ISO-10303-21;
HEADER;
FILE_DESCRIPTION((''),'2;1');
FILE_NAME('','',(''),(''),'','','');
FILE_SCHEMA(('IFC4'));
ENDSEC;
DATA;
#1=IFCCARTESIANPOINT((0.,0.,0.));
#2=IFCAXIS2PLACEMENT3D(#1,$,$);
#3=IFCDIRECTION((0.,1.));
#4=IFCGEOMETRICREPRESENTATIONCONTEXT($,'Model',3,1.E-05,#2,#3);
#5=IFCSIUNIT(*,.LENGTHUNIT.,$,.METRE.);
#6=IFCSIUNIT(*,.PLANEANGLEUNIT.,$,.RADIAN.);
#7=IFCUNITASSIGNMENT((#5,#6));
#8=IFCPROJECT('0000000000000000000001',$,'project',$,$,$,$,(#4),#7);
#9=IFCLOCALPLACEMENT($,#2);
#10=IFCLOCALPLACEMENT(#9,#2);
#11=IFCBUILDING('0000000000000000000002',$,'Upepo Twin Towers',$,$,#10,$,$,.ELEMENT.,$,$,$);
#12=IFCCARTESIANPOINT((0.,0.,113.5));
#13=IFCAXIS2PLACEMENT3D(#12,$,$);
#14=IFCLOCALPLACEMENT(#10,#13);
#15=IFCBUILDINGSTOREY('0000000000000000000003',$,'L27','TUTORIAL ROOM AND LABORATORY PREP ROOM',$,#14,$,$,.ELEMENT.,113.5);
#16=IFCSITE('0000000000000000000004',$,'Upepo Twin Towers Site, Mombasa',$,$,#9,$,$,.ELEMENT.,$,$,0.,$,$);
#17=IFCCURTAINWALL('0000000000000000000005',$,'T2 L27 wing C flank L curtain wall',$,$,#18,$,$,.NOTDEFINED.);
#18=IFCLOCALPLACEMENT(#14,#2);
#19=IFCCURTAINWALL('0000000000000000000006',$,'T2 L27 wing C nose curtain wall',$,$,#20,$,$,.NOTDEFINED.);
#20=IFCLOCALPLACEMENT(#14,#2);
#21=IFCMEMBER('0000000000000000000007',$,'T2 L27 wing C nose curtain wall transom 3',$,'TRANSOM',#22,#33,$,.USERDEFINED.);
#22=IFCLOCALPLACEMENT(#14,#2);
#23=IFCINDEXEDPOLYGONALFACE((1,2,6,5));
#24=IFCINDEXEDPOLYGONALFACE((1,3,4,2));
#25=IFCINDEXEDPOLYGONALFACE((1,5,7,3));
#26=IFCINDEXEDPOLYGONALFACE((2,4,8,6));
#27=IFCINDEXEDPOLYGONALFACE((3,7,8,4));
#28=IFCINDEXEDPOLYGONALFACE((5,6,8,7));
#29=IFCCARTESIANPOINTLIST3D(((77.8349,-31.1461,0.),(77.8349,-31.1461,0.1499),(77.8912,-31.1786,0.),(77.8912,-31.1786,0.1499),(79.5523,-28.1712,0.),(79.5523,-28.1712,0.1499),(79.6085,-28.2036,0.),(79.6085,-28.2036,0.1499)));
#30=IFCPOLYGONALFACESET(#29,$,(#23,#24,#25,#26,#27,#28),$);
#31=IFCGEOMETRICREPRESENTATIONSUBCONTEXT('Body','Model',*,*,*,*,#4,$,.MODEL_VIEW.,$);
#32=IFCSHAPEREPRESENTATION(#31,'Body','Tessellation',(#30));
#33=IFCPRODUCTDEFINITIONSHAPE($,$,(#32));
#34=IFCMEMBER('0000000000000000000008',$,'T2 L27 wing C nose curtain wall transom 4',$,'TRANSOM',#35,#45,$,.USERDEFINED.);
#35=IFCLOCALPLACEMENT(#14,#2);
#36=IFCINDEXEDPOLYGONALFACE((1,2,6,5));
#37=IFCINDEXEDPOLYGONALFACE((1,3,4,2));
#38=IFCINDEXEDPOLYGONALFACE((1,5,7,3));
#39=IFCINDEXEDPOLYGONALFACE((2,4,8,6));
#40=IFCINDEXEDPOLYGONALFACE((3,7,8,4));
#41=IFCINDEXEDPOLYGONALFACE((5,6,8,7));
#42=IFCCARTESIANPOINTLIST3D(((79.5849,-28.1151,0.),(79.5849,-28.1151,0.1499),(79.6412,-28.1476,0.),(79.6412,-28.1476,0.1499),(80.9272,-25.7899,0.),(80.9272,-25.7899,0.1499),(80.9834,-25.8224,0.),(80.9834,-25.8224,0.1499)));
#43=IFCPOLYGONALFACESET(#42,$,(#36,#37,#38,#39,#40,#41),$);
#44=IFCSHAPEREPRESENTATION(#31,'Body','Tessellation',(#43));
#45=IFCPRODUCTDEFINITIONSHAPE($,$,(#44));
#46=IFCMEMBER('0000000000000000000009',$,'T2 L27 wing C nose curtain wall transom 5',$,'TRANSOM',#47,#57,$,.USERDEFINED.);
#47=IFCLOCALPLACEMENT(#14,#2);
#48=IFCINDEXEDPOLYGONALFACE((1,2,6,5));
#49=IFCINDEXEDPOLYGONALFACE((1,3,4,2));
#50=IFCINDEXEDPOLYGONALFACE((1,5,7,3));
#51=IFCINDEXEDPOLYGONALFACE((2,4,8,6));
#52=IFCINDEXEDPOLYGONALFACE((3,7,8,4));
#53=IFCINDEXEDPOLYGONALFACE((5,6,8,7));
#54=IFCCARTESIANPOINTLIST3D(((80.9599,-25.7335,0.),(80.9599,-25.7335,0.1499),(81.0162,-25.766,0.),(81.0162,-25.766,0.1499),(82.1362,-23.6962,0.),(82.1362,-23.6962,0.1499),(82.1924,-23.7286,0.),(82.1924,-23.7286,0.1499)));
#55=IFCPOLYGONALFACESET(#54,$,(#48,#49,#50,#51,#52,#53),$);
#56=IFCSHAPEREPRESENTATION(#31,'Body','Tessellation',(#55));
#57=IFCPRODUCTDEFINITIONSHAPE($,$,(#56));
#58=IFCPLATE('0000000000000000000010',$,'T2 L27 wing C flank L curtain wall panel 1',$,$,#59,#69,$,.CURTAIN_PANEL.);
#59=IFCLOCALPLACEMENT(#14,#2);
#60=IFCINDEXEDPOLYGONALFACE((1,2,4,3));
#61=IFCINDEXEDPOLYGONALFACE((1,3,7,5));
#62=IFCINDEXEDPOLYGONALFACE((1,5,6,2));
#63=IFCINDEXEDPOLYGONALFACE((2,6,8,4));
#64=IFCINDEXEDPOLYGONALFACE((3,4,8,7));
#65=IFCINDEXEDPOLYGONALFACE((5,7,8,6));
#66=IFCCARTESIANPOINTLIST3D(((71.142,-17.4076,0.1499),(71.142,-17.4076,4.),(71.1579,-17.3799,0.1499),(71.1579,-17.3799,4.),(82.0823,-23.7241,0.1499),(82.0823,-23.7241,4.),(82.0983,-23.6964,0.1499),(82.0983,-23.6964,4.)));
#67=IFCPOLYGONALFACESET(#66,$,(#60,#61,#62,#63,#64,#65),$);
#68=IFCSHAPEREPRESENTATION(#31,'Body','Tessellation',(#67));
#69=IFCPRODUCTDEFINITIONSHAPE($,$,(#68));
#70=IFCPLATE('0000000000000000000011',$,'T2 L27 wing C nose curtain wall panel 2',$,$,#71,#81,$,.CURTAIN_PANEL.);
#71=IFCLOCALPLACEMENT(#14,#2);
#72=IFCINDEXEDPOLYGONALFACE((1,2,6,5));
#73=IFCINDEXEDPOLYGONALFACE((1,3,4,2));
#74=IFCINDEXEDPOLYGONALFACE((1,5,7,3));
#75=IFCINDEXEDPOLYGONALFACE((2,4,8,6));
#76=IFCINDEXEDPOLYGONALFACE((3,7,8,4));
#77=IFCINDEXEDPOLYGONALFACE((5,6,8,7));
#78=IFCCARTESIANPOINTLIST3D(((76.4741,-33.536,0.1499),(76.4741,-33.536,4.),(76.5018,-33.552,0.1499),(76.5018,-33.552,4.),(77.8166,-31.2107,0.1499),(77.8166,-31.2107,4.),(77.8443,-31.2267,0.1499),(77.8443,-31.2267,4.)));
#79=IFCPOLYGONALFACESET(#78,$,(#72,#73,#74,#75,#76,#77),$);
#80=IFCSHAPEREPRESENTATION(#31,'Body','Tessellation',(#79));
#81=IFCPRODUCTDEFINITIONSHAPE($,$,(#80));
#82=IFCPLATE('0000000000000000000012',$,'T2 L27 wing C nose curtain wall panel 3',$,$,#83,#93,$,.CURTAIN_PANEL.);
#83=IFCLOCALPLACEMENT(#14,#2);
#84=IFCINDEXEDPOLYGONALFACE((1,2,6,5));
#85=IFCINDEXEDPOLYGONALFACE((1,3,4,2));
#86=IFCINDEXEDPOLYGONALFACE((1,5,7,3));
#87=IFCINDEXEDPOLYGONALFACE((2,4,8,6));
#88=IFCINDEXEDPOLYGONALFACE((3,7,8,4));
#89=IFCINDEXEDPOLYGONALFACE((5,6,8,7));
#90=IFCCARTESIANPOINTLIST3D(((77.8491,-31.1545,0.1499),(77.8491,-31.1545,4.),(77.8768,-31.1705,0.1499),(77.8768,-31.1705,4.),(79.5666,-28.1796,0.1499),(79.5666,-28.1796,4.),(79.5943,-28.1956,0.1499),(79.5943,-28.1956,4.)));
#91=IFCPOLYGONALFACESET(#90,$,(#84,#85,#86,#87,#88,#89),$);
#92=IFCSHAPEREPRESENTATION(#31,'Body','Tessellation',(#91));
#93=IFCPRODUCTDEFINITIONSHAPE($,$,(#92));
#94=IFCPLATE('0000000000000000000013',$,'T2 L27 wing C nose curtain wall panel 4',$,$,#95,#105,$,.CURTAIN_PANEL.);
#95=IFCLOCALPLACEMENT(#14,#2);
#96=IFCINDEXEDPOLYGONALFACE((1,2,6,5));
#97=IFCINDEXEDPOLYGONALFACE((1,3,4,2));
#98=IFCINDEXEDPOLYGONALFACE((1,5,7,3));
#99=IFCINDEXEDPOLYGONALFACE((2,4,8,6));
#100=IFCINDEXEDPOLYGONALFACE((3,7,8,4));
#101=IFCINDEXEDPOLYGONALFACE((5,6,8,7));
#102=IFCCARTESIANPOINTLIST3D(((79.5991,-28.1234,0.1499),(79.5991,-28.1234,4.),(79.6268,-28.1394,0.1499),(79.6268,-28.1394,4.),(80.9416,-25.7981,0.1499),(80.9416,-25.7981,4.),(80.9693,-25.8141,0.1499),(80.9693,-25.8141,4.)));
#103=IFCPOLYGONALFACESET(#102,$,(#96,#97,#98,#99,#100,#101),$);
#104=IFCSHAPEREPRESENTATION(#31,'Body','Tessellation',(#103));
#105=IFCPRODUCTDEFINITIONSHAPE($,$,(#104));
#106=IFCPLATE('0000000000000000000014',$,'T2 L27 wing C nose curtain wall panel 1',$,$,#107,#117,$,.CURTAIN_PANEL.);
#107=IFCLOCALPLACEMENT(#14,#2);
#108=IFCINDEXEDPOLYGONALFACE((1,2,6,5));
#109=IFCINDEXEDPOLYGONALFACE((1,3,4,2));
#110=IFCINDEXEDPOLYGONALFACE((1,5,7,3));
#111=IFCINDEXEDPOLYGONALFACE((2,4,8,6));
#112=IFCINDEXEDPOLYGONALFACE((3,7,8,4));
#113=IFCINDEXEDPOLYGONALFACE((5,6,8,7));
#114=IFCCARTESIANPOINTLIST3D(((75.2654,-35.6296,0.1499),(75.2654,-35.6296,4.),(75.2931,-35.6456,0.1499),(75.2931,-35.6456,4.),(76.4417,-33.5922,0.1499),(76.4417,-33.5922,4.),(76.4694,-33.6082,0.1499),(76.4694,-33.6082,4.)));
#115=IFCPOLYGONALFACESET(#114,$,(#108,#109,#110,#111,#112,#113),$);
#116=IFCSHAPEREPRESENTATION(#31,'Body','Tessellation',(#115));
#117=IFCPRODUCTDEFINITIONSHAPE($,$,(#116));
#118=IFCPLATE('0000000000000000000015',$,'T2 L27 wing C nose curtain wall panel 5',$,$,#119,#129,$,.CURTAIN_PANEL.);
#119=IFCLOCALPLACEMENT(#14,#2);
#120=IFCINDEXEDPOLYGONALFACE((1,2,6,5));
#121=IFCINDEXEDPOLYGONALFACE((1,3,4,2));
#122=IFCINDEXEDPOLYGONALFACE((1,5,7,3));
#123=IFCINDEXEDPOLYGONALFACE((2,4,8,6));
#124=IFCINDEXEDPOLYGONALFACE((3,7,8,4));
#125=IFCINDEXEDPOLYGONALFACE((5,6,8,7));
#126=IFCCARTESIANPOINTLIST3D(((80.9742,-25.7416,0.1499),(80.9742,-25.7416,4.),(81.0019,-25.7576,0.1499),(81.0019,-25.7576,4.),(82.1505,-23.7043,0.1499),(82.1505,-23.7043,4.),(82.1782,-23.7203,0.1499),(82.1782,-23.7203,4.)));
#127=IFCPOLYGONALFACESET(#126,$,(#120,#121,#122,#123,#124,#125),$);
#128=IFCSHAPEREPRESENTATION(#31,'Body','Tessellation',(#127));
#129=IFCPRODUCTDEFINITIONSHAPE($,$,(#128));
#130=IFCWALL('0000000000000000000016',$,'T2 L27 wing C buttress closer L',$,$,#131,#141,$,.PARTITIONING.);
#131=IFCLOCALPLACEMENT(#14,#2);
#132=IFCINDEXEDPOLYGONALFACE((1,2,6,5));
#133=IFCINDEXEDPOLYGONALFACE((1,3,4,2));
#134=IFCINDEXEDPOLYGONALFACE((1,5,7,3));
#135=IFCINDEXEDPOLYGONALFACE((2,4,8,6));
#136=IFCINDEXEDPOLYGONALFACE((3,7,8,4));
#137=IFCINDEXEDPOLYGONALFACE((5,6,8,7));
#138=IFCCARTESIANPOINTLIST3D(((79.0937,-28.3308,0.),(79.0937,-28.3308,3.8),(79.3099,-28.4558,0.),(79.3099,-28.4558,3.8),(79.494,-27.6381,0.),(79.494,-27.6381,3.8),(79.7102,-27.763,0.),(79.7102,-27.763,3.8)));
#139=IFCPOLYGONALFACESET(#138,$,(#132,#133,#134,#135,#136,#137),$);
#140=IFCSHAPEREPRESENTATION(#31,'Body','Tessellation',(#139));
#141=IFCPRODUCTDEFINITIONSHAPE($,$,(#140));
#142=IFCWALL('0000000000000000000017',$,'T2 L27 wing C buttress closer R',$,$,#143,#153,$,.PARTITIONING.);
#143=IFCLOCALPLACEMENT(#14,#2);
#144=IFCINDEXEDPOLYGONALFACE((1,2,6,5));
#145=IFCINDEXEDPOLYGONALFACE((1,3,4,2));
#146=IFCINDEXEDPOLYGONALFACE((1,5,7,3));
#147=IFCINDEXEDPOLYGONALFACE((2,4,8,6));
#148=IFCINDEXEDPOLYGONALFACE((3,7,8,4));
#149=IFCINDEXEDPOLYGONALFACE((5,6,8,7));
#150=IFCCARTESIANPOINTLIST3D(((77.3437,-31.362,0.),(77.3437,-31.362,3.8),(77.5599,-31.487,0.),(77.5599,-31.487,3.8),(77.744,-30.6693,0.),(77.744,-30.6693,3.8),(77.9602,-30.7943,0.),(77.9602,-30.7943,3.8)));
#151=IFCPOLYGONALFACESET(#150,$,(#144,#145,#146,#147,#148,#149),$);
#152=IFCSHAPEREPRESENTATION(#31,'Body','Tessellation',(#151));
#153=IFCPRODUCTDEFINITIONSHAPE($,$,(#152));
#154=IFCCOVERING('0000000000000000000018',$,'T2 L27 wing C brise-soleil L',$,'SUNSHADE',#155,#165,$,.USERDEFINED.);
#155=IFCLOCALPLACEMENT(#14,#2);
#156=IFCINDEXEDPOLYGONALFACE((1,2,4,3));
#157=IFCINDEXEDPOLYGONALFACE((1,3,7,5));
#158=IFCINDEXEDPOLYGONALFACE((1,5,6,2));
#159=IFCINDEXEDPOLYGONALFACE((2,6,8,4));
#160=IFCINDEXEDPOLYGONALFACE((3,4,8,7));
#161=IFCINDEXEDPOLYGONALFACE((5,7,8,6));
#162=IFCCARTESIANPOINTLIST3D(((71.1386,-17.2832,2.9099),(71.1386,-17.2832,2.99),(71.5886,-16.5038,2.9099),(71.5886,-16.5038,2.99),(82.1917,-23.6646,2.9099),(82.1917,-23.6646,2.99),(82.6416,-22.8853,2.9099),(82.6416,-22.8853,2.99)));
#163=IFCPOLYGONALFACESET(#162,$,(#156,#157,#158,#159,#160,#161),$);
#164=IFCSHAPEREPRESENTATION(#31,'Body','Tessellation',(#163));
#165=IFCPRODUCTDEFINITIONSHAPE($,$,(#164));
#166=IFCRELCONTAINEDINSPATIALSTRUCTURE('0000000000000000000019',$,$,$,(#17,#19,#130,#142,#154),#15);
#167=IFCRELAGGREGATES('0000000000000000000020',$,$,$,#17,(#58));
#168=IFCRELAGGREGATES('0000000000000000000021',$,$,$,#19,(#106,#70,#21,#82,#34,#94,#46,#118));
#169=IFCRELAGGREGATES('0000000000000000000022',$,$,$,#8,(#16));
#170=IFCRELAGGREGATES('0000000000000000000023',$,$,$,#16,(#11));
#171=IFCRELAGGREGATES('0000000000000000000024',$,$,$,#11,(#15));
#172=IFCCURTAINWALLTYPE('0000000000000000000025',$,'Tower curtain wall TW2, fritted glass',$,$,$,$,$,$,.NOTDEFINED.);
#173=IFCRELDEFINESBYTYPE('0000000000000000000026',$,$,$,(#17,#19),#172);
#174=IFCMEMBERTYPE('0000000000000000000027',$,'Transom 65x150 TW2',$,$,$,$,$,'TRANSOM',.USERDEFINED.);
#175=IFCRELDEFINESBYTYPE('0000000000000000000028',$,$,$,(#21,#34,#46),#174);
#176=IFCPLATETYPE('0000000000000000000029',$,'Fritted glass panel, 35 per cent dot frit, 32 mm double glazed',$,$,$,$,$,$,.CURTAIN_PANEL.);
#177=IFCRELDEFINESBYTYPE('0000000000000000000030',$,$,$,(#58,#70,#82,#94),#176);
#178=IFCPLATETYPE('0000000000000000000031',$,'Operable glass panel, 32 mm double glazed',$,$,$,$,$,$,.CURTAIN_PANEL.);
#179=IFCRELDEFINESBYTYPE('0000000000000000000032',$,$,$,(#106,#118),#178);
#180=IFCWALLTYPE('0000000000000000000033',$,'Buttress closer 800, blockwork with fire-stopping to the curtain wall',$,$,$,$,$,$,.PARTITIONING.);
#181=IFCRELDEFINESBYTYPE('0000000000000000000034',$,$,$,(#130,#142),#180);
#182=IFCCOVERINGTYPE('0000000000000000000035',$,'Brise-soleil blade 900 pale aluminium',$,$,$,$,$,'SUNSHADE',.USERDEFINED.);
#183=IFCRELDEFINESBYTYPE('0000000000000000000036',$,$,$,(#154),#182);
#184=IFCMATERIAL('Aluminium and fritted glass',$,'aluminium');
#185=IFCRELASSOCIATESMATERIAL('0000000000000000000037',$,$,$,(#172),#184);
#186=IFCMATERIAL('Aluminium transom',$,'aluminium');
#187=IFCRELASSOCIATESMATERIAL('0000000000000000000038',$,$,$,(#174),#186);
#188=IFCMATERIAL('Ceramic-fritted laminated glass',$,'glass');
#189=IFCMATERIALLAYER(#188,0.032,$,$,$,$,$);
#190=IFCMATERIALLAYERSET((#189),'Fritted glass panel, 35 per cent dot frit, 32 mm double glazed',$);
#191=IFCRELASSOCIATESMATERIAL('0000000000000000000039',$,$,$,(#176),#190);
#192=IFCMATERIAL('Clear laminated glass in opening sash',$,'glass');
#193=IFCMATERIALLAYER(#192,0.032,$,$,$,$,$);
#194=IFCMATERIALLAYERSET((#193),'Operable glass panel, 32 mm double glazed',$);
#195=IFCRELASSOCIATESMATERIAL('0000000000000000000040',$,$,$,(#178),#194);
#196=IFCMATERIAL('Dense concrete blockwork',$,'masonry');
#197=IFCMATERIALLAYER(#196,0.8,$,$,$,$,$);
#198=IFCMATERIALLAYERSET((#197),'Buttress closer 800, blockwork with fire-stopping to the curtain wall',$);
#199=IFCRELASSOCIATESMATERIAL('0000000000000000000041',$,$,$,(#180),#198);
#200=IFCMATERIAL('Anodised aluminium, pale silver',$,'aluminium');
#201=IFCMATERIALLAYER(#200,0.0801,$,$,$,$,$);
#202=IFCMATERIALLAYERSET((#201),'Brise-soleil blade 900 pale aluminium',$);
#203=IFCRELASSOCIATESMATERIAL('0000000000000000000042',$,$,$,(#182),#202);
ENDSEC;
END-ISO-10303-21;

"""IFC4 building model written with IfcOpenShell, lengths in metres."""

from ifc_helpers import new_model, si_unit, direction, frame, frame_2d, origin, origin_2d, place, context, subcontext, project, spatial, rectangle, extrude, material, layer, layer_set, material_profile, profile_set, type_object, element, aggregate, save


model = new_model("IFC4")

# Units and contexts
model_context = context("Model", 3, precision=1e-05, world=origin(), true_north=direction((0.0, 1.0)))
body_context = subcontext(model_context, "Body", "Model", "MODEL_VIEW")
ifc_project = project(units=[si_unit("LENGTHUNIT", "METRE"), si_unit("PLANEANGLEUNIT", "RADIAN")], contexts=[model_context])

# Site, building, storey
site_placement = place(None, origin())
site = spatial("IfcSite", under=ifc_project, at=site_placement, Name="Upepo Twin Towers Site, Mombasa", CompositionType="ELEMENT", RefElevation=0.0)
building_placement = place(site_placement, origin())
building = spatial("IfcBuilding", under=site, at=building_placement, Name="Upepo Twin Towers", CompositionType="ELEMENT")
storey_placement = place(building_placement, frame((0.0, 0.0, 113.5)))
storey = spatial("IfcBuildingStorey", under=building, at=storey_placement, Name="L27", Description="TUTORIAL ROOM AND LABORATORY PREP ROOM", CompositionType="ELEMENT", Elevation=113.5)

# Curtain wall
ifc_material_1 = material(Name="Aluminium and fritted glass", Category="aluminium")
curtain_wall_type = type_object("IfcCurtainWallType", Name="Tower curtain wall TW2, fritted glass", PredefinedType="NOTDEFINED", material=ifc_material_1)
curtain_wall_1_placement = place(storey_placement, origin())
curtain_wall_1 = element("IfcCurtainWall", 1, at=curtain_wall_1_placement, inside=storey, type_object=curtain_wall_type, Name="T2 L27 wing C flank L curtain wall", PredefinedType="NOTDEFINED")

# Curtain wall
curtain_wall_2_placement = place(storey_placement, origin())
curtain_wall_2 = element("IfcCurtainWall", 2, at=curtain_wall_2_placement, inside=storey, type_object=curtain_wall_type, Name="T2 L27 wing C nose curtain wall", PredefinedType="NOTDEFINED")

# Members
ifc_material_2 = material(Name="Aluminium transom", Category="aluminium")
ifc_material_profile_1 = material_profile(ifc_material_2, rectangle(XDim=0.0649, YDim=0.1499, at=origin_2d()), Name="TRANSOM 65x150")
ifc_profile_set_1 = profile_set([ifc_material_profile_1], Name="Aluminium transom")
member_type_1 = type_object("IfcMemberType", Name="Transom 65x150 TW2", ElementType="TRANSOM", PredefinedType="USERDEFINED", material=ifc_profile_set_1)
member_1_placement = place(storey_placement, frame((77.863, -31.1624, 0.075), z_axis=(0.499946, 0.866057, 0.0), x_axis=(-0.866057, 0.499946, 0.0)))
member_1 = element("IfcMember", 3, at=member_1_placement, type_object=member_type_1, Name="T2 L27 wing C nose curtain wall transom 3", ObjectType="TRANSOM", PredefinedType="USERDEFINED", context=body_context, shape_type="SweptSolid", body=[
    extrude(rectangle(XDim=0.0649, YDim=0.1499, at=origin_2d()), origin(), (0.0, 0.0, 1.0), 3.4351),
])
member_2_placement = place(storey_placement, frame((79.613, -28.1313, 0.075), z_axis=(0.499953, 0.866052, 0.0), x_axis=(-0.866052, 0.499953, 0.0)))
member_2 = element("IfcMember", 4, at=member_2_placement, type_object=member_type_1, Name="T2 L27 wing C nose curtain wall transom 4", ObjectType="TRANSOM", PredefinedType="USERDEFINED", context=body_context, shape_type="SweptSolid", body=[
    extrude(rectangle(XDim=0.0649, YDim=0.1499, at=origin_2d()), origin(), (0.0, 0.0, 1.0), 2.6848),
])
member_3_placement = place(storey_placement, frame((80.988, -25.7498, 0.075), z_axis=(0.500001, 0.866025, 0.0), x_axis=(-0.866025, 0.500001, 0.0)))
member_3 = element("IfcMember", 5, at=member_3_placement, type_object=member_type_1, Name="T2 L27 wing C nose curtain wall transom 5", ObjectType="TRANSOM", PredefinedType="USERDEFINED", context=body_context, shape_type="SweptSolid", body=[
    extrude(rectangle(XDim=0.0649, YDim=0.1499, at=origin_2d()), origin(), (0.0, 0.0, 1.0), 2.3525),
])

# Plates
ifc_material_3 = material(Name="Ceramic-fritted laminated glass", Category="glass")
ifc_layer_1 = layer(ifc_material_3, 0.032)
ifc_layer_set_1 = layer_set([ifc_layer_1], Name="Fritted glass panel, 35 per cent dot frit, 32 mm double glazed")
plate_type_1 = type_object("IfcPlateType", Name="Fritted glass panel, 35 per cent dot frit, 32 mm double glazed", PredefinedType="CURTAIN_PANEL", material=ifc_layer_set_1)
plate_1_placement = place(storey_placement, frame((76.6201, -20.552, 0.1499), z_axis=(0.0, 0.0, 1.0), x_axis=(0.866025, -0.5, 0.0)))
plate_1 = element("IfcPlate", 6, at=plate_1_placement, type_object=plate_type_1, Name="T2 L27 wing C flank L curtain wall panel 1", PredefinedType="CURTAIN_PANEL", context=body_context, shape_type="SweptSolid", body=[
    extrude(rectangle(XDim=12.6328, YDim=0.032, at=origin_2d()), origin(), (0.0, 0.0, 1.0), 3.8501),
])
aggregate(curtain_wall_1, [plate_1])
plate_2_placement = place(storey_placement, frame((77.1592, -32.3813, 0.1499), z_axis=(0.0, 0.0, 1.0), x_axis=(0.5, 0.866025, 0.0)))
plate_2 = element("IfcPlate", 7, at=plate_2_placement, type_object=plate_type_1, Name="T2 L27 wing C nose curtain wall panel 2", PredefinedType="CURTAIN_PANEL", context=body_context, shape_type="SweptSolid", body=[
    extrude(rectangle(XDim=2.6851, YDim=0.032, at=origin_2d()), origin(), (0.0, 0.0, 1.0), 3.8501),
])
plate_3_placement = place(storey_placement, frame((78.7217, -29.675, 0.1499), z_axis=(0.0, 0.0, 1.0), x_axis=(0.5, 0.866025, 0.0)))
plate_3 = element("IfcPlate", 8, at=plate_3_placement, type_object=plate_type_1, Name="T2 L27 wing C nose curtain wall panel 3", PredefinedType="CURTAIN_PANEL", context=body_context, shape_type="SweptSolid", body=[
    extrude(rectangle(XDim=3.4351, YDim=0.032, at=origin_2d()), origin(), (0.0, 0.0, 1.0), 3.8501),
])
plate_4_placement = place(storey_placement, frame((80.2842, -26.9688, 0.1499), z_axis=(0.0, 0.0, 1.0), x_axis=(0.5, 0.866025, 0.0)))
plate_4 = element("IfcPlate", 9, at=plate_4_placement, type_object=plate_type_1, Name="T2 L27 wing C nose curtain wall panel 4", PredefinedType="CURTAIN_PANEL", context=body_context, shape_type="SweptSolid", body=[
    extrude(rectangle(XDim=2.6851, YDim=0.032, at=origin_2d()), origin(), (0.0, 0.0, 1.0), 3.8501),
])
ifc_material_4 = material(Name="Clear laminated glass in opening sash", Category="glass")
ifc_layer_2 = layer(ifc_material_4, 0.032)
ifc_layer_set_2 = layer_set([ifc_layer_2], Name="Operable glass panel, 32 mm double glazed")
plate_type_2 = type_object("IfcPlateType", Name="Operable glass panel, 32 mm double glazed", PredefinedType="CURTAIN_PANEL", material=ifc_layer_set_2)
plate_5_placement = place(storey_placement, frame((75.8674, -34.6189, 0.1499), z_axis=(0.0, 0.0, 1.0), x_axis=(0.5, 0.866025, 0.0)))
plate_5 = element("IfcPlate", 10, at=plate_5_placement, type_object=plate_type_2, Name="T2 L27 wing C nose curtain wall panel 1", PredefinedType="CURTAIN_PANEL", context=body_context, shape_type="SweptSolid", body=[
    extrude(rectangle(XDim=2.3525, YDim=0.032, at=origin_2d()), origin(), (0.0, 0.0, 1.0), 3.8501),
])
plate_6_placement = place(storey_placement, frame((81.5762, -24.731, 0.1499), z_axis=(0.0, 0.0, 1.0), x_axis=(0.5, 0.866025, 0.0)))
plate_6 = element("IfcPlate", 11, at=plate_6_placement, type_object=plate_type_2, Name="T2 L27 wing C nose curtain wall panel 5", PredefinedType="CURTAIN_PANEL", context=body_context, shape_type="SweptSolid", body=[
    extrude(rectangle(XDim=2.3525, YDim=0.032, at=origin_2d()), origin(), (0.0, 0.0, 1.0), 3.8501),
])
aggregate(curtain_wall_2, [plate_5, plate_2, member_1, plate_3, member_2, plate_4, member_3, plate_6])

# Walls
ifc_material_5 = material(Name="Dense concrete blockwork", Category="masonry")
ifc_layer_3 = layer(ifc_material_5, 0.8)
ifc_layer_set_3 = layer_set([ifc_layer_3], Name="Buttress closer 800, blockwork with fire-stopping to the curtain wall")
wall_type = type_object("IfcWallType", Name="Buttress closer 800, blockwork with fire-stopping to the curtain wall", PredefinedType="PARTITIONING", material=ifc_layer_set_3)
for number, where, z_axis, x_axis, name in (
    (12, (79.2937, -27.9844, 0.0), (0.0, 0.0, 1.0), (0.865827, -0.500343, 0.0), "T2 L27 wing C buttress closer L"),
    (13, (77.5437, -31.0156, 0.0), (0.0, 0.0, 1.0), (0.865827, -0.500343, 0.0), "T2 L27 wing C buttress closer R"),
):
    element("IfcWall", number, at=place(storey_placement, frame(where, z_axis=z_axis, x_axis=x_axis)), inside=storey, type_object=wall_type, Name=name, PredefinedType="PARTITIONING", context=body_context, shape_type="SweptSolid", body=[
        extrude(rectangle(XDim=0.2498, YDim=0.8, at=frame_2d((0.125, 0.0))), origin(), (0.0, 0.0, 1.0), 3.8),
    ])

# Covering
ifc_material_6 = material(Name="Anodised aluminium, pale silver", Category="aluminium")
ifc_layer_4 = layer(ifc_material_6, 0.0801)
ifc_layer_set_4 = layer_set([ifc_layer_4], Name="Brise-soleil blade 900 pale aluminium")
covering_type = type_object("IfcCoveringType", Name="Brise-soleil blade 900 pale aluminium", ElementType="SUNSHADE", PredefinedType="USERDEFINED", material=ifc_layer_set_4)
covering_placement = place(storey_placement, frame((76.8901, -20.0842, 2.9099), z_axis=(0.0, 0.0, 1.0), x_axis=(0.866025, -0.5, 0.0)))
element("IfcCovering", 14, at=covering_placement, inside=storey, type_object=covering_type, Name="T2 L27 wing C brise-soleil L", ObjectType="SUNSHADE", PredefinedType="USERDEFINED", context=body_context, shape_type="SweptSolid", body=[
    extrude(rectangle(XDim=12.7629, YDim=0.8999, at=origin_2d()), origin(), (0.0, 0.0, 1.0), 0.0801),
])

save(model, "model.ifc")
